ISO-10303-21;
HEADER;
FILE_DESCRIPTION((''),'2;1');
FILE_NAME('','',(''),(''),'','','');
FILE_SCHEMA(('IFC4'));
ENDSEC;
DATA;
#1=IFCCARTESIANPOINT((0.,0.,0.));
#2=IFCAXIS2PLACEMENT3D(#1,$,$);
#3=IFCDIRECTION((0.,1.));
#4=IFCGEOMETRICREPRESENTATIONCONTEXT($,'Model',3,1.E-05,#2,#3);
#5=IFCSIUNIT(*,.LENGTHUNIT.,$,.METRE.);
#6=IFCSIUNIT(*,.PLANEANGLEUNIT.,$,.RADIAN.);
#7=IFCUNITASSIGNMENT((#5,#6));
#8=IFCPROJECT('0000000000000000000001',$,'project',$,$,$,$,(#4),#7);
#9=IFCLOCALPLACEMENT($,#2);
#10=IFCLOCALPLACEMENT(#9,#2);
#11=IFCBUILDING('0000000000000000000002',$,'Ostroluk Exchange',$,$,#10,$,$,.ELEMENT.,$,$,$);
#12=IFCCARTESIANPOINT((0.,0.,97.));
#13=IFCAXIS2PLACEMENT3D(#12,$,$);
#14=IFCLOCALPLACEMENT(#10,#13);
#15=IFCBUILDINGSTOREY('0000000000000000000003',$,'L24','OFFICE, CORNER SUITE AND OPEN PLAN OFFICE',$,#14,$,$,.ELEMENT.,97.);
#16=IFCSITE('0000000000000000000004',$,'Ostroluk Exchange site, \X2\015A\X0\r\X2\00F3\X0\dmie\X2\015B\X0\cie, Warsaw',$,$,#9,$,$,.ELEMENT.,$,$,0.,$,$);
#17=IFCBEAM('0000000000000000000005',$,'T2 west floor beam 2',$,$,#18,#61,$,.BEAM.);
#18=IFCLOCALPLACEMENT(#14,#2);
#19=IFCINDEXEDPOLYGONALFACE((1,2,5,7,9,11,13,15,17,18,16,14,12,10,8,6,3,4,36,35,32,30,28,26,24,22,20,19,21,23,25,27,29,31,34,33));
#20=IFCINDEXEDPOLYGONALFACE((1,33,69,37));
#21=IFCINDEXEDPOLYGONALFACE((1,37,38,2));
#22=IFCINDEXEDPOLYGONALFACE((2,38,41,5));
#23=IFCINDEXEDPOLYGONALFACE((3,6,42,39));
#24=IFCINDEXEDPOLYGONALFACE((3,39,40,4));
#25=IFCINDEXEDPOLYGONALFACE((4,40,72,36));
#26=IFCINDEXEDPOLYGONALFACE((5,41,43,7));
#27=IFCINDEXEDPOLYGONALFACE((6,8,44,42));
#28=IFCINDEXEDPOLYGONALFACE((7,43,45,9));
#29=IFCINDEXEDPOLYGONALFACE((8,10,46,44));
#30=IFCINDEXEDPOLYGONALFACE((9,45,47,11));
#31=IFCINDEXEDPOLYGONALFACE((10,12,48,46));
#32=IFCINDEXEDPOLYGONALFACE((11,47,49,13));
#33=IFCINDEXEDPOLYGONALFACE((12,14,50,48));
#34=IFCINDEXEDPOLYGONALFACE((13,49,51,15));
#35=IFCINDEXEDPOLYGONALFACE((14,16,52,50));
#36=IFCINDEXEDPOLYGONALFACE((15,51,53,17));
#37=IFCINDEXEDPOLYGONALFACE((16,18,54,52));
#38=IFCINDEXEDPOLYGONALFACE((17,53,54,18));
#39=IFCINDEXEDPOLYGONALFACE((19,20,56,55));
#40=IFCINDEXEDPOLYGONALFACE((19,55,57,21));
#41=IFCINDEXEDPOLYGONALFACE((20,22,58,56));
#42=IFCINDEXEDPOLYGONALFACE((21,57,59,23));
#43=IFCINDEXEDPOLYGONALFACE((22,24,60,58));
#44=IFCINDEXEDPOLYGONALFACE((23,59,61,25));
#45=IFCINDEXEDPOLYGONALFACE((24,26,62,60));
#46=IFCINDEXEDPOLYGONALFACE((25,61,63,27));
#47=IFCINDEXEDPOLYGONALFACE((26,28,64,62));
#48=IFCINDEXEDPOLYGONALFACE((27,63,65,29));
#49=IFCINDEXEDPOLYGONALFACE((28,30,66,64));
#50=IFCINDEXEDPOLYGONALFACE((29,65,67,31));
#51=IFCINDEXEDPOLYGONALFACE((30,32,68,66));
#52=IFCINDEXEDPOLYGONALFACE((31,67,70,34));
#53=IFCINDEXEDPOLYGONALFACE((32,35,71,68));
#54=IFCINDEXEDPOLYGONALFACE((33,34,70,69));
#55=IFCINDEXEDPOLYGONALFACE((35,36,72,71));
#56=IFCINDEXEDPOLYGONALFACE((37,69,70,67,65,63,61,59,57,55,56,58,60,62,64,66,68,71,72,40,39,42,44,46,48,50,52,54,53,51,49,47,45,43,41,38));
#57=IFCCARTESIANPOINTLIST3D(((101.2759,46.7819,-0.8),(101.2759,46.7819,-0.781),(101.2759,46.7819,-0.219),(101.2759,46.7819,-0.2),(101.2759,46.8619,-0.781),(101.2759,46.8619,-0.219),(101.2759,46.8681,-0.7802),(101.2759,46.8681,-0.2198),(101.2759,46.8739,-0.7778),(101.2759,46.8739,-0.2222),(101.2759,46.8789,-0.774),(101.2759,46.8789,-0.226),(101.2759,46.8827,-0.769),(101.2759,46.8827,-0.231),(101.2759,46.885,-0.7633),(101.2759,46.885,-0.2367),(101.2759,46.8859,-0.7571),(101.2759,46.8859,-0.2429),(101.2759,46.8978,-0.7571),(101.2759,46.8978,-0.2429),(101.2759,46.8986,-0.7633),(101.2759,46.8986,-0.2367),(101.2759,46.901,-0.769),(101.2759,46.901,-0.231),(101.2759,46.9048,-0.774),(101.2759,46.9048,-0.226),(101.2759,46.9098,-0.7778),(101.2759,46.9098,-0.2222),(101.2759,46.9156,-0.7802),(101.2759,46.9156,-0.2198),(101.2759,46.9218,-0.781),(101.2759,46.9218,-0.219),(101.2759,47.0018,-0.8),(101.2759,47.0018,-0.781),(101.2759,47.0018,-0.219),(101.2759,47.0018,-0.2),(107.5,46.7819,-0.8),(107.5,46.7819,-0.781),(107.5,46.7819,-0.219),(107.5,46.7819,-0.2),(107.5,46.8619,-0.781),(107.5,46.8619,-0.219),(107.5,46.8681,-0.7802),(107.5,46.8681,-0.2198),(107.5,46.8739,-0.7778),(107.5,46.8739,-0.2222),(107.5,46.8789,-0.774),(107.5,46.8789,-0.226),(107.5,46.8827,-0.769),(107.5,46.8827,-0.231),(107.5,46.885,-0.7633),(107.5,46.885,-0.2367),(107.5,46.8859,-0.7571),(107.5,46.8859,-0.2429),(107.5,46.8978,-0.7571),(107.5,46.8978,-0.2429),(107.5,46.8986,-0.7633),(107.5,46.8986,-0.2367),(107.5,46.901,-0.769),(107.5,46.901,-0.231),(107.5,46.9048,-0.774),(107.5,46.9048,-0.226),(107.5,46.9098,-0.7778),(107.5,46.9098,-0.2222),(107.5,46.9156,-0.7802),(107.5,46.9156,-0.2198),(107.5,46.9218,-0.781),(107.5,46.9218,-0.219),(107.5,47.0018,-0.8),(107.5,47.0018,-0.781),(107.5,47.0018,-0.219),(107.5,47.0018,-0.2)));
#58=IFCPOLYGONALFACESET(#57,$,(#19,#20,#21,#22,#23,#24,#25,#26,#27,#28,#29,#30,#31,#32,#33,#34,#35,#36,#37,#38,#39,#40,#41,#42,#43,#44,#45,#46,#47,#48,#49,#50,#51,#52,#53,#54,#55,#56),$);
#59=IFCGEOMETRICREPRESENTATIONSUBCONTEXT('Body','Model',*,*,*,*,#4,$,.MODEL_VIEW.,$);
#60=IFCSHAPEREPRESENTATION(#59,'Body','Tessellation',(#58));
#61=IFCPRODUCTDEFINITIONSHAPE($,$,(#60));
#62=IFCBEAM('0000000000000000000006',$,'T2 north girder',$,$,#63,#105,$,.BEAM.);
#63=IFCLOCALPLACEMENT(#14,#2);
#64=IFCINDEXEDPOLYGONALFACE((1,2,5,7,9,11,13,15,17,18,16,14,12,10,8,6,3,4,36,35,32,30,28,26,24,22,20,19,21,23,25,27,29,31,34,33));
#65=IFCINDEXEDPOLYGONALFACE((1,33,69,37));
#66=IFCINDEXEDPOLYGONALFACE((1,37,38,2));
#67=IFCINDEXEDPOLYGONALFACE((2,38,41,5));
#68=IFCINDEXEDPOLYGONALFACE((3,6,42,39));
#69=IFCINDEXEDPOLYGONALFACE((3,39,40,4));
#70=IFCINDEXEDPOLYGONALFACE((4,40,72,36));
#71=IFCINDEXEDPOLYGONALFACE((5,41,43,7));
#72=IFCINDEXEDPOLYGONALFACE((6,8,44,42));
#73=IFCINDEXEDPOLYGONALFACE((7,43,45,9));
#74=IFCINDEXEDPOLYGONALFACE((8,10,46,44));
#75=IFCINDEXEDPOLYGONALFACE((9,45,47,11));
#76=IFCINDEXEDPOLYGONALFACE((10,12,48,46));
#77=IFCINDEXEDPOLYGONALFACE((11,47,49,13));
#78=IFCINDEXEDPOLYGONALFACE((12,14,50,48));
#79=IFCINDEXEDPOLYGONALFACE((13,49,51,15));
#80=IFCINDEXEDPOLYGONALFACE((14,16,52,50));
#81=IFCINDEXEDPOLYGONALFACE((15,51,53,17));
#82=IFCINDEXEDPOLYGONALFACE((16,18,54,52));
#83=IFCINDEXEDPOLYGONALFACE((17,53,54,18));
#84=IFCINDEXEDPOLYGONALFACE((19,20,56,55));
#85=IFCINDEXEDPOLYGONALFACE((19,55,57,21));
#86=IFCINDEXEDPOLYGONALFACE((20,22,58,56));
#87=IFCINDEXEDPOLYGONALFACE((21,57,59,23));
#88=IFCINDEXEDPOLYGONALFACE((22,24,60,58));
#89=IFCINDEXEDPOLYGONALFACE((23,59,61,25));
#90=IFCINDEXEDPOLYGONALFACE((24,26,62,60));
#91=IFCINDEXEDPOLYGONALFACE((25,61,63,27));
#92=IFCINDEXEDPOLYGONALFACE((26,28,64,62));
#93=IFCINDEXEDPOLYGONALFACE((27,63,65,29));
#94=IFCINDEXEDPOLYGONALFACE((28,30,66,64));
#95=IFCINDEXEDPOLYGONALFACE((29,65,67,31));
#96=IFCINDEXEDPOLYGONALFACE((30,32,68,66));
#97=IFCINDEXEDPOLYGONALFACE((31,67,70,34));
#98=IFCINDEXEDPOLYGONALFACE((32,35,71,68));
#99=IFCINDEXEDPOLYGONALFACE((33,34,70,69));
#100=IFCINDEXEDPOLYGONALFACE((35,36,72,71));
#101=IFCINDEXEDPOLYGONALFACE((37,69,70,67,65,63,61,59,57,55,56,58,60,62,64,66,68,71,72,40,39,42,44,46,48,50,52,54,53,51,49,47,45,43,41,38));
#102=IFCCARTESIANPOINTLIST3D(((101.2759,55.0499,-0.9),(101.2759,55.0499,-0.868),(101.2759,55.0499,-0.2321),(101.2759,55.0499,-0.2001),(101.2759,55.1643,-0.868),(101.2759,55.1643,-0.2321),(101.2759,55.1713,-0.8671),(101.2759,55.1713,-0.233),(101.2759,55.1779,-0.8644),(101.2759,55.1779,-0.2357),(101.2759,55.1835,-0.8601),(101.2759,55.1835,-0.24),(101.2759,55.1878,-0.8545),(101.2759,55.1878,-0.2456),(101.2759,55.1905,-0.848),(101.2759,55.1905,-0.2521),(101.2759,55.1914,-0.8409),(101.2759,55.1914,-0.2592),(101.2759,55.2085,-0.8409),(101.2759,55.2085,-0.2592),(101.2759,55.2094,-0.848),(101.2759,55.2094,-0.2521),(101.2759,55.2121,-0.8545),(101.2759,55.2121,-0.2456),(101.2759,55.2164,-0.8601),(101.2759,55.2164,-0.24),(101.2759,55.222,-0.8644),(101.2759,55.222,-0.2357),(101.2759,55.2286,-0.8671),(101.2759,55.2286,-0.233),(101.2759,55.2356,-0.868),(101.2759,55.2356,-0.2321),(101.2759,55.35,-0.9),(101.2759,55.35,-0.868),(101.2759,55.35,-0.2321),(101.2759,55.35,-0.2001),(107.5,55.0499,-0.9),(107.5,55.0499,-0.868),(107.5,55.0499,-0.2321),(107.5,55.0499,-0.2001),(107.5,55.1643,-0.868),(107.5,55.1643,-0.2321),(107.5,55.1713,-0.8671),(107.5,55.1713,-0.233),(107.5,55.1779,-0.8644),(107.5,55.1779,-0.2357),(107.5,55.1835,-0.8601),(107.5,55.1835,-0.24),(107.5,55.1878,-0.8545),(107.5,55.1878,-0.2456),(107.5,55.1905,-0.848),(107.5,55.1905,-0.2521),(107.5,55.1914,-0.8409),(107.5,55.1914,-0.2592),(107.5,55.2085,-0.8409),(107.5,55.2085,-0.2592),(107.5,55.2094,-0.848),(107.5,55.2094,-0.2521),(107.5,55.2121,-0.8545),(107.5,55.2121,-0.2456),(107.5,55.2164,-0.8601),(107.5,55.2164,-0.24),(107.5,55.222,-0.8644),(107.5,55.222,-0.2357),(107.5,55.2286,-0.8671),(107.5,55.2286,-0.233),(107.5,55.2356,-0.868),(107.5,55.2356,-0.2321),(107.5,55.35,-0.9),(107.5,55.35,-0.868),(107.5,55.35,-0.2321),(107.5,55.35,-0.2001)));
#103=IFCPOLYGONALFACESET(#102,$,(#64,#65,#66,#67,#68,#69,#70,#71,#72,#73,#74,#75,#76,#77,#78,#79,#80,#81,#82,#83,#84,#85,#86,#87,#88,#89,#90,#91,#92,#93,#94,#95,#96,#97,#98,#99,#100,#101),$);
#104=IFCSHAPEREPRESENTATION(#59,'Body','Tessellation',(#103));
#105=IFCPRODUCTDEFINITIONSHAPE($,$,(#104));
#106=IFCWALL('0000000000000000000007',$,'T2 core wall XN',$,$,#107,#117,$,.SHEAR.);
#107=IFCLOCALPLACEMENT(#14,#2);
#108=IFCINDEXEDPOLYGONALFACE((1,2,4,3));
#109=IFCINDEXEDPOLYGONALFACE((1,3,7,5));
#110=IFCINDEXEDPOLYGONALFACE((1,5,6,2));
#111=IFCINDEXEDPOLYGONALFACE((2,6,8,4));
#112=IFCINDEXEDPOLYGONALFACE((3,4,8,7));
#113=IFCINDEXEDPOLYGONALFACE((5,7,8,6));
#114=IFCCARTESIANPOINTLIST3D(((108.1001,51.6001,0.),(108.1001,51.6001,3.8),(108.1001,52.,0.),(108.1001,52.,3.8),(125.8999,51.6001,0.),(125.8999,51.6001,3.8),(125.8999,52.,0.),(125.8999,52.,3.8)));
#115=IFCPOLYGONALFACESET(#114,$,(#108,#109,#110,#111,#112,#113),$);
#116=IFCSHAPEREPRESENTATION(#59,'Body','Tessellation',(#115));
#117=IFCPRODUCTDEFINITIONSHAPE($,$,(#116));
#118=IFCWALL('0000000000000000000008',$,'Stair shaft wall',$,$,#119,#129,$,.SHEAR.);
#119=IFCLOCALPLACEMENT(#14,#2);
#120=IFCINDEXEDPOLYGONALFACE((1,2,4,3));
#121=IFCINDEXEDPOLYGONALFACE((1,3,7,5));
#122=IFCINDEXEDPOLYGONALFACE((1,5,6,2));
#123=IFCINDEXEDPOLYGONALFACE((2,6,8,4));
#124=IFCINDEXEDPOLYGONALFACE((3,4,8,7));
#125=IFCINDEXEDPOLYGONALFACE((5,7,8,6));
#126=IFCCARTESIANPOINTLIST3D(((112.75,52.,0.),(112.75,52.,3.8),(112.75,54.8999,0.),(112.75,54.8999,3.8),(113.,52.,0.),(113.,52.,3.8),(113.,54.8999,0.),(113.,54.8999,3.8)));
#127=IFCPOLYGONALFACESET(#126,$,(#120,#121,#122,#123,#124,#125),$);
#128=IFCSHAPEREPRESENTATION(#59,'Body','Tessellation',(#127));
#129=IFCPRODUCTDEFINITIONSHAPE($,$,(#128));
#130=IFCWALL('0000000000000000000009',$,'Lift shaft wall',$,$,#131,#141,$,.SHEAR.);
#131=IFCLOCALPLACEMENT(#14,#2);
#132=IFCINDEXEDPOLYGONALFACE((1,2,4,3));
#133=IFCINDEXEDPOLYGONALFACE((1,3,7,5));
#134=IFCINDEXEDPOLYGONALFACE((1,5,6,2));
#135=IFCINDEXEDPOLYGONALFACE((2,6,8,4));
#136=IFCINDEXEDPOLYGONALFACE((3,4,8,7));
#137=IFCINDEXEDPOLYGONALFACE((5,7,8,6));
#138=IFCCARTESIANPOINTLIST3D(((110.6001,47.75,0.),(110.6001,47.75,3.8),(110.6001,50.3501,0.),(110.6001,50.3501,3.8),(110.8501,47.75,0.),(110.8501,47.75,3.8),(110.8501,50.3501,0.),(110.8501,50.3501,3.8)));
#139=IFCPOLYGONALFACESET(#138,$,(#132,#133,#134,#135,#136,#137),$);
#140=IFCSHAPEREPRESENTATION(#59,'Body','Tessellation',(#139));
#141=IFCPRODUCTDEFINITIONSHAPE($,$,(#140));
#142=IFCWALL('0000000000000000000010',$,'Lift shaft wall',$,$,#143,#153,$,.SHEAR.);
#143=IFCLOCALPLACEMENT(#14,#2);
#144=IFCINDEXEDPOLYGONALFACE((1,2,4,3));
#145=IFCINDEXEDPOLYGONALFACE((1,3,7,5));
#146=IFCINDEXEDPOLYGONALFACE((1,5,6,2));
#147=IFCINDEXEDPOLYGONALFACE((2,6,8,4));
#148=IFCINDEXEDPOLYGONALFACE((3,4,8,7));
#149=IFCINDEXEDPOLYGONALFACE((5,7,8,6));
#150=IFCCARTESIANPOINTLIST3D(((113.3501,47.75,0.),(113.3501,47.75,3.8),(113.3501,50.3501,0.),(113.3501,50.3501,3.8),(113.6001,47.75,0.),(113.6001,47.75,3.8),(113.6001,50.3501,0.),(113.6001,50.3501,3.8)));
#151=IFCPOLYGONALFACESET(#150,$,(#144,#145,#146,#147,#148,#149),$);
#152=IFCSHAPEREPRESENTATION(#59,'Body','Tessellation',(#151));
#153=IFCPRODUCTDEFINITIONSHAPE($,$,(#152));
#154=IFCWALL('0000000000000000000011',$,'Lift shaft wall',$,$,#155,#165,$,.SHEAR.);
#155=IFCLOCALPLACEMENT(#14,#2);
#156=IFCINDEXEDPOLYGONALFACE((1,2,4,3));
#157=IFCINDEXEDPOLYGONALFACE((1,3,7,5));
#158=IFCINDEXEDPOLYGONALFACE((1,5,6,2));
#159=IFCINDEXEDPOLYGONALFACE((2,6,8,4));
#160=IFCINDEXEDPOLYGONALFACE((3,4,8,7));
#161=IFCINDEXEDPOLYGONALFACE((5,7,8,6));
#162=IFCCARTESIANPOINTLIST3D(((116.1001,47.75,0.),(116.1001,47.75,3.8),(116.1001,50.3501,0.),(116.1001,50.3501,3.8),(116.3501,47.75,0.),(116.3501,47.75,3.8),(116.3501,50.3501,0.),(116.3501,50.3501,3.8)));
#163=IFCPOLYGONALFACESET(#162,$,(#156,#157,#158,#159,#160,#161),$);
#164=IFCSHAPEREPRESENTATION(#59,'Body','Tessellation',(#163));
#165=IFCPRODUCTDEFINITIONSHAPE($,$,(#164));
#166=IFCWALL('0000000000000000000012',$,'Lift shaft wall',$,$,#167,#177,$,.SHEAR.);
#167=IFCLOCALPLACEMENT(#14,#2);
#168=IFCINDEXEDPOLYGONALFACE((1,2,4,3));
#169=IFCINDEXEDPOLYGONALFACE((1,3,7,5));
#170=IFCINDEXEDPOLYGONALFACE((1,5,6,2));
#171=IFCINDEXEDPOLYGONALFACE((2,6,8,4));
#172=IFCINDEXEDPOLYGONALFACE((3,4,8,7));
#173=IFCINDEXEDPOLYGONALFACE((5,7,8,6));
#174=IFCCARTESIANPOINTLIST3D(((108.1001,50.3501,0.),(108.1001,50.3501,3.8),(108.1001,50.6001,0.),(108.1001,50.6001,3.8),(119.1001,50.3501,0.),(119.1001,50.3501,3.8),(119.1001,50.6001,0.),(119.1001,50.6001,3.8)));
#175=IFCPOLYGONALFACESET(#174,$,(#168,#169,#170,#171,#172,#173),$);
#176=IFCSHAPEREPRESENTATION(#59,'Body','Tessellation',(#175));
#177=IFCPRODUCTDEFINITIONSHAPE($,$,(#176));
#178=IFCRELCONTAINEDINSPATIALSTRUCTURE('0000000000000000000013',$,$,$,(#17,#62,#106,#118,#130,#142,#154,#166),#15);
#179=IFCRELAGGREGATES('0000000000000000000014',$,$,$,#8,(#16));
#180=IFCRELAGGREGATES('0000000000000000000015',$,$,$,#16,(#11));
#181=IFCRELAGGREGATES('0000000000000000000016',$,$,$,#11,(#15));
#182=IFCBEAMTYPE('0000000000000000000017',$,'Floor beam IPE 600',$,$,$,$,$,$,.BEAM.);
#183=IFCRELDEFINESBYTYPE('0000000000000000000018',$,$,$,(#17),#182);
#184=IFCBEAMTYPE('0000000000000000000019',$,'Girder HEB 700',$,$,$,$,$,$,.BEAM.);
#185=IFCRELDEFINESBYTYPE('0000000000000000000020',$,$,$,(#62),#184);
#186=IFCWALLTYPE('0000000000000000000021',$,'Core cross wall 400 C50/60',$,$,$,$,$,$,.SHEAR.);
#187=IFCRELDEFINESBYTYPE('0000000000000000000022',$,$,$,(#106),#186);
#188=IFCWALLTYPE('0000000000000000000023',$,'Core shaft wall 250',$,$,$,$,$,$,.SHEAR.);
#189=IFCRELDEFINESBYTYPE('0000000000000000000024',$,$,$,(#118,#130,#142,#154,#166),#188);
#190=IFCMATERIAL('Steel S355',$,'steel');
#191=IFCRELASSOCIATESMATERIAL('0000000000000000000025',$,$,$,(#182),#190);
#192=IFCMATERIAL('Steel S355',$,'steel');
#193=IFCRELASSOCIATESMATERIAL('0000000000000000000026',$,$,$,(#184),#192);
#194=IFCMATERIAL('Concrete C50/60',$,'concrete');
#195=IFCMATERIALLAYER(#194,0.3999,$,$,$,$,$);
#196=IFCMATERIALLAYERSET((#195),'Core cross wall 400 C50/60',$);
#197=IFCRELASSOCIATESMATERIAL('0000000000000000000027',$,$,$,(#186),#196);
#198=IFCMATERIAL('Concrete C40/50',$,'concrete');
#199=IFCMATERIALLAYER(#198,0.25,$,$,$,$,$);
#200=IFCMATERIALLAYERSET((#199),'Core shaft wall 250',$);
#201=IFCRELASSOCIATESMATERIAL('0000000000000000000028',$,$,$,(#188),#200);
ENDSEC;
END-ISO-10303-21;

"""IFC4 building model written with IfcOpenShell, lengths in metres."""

from ifc_helpers import new_model, si_unit, direction, frame, frame_2d, origin, origin_2d, place, context, subcontext, project, spatial, rectangle, i_section, extrude, material, layer, layer_set, material_profile, profile_set, type_object, element, save


model = new_model("IFC4")

# Units and contexts
model_context = context("Model", 3, precision=1e-05, world=origin(), true_north=direction((0.0, 1.0)))
body_context = subcontext(model_context, "Body", "Model", "MODEL_VIEW")
ifc_project = project(units=[si_unit("LENGTHUNIT", "METRE"), si_unit("PLANEANGLEUNIT", "RADIAN")], contexts=[model_context])

# Site, building, storey
site_placement = place(None, origin())
site = spatial("IfcSite", under=ifc_project, at=site_placement, Name="Ostroluk Exchange site, Śródmieście, Warsaw", CompositionType="ELEMENT", RefElevation=0.0)
building_placement = place(site_placement, origin())
building = spatial("IfcBuilding", under=site, at=building_placement, Name="Ostroluk Exchange", CompositionType="ELEMENT")
storey_placement = place(building_placement, frame((0.0, 0.0, 97.0)))
storey = spatial("IfcBuildingStorey", under=building, at=storey_placement, Name="L24", Description="OFFICE, CORNER SUITE AND OPEN PLAN OFFICE", CompositionType="ELEMENT", Elevation=97.0)

# Beams
ifc_material_1 = material(Name="Steel S355", Category="steel")
ifc_material_profile_1 = material_profile(ifc_material_1, i_section(OverallWidth=0.22, OverallDepth=0.6001, WebThickness=0.012, FlangeThickness=0.019, FilletRadius=0.0239, at=origin_2d()), Name="IPE 600")
ifc_profile_set_1 = profile_set([ifc_material_profile_1], Name="Steel S355")
beam_type_1 = type_object("IfcBeamType", Name="Floor beam IPE 600", PredefinedType="BEAM", material=ifc_profile_set_1)
for number, where, z_axis, x_axis, name in (
    (1, (107.5, 46.8918, -0.5), (-1.0, 0.0, 0.0), (0.0, -1.0, 0.0), "T2 west floor beam 2"),
):
    element("IfcBeam", number, at=place(storey_placement, frame(where, z_axis=z_axis, x_axis=x_axis)), inside=storey, type_object=beam_type_1, Name=name, PredefinedType="BEAM", context=body_context, shape_type="SweptSolid", body=[
        extrude(i_section(OverallWidth=0.22, OverallDepth=0.6001, WebThickness=0.012, FlangeThickness=0.019, FilletRadius=0.0239, at=origin_2d()), origin(), (0.0, 0.0, 1.0), 6.2241),
    ])
ifc_material_2 = material(Name="Steel S355", Category="steel")
ifc_material_profile_2 = material_profile(ifc_material_2, i_section(OverallWidth=0.3, OverallDepth=0.7, WebThickness=0.0171, FlangeThickness=0.032, FilletRadius=0.0271, at=origin_2d()), Name="HEB 700")
ifc_profile_set_2 = profile_set([ifc_material_profile_2], Name="Steel S355")
beam_type_2 = type_object("IfcBeamType", Name="Girder HEB 700", PredefinedType="BEAM", material=ifc_profile_set_2)
beam_1_placement = place(storey_placement, frame((107.5, 55.2, -0.55), z_axis=(-1.0, 0.0, 0.0), x_axis=(0.0, -1.0, 0.0)))
element("IfcBeam", 2, at=beam_1_placement, inside=storey, type_object=beam_type_2, Name="T2 north girder", PredefinedType="BEAM", context=body_context, shape_type="SweptSolid", body=[
    extrude(i_section(OverallWidth=0.3, OverallDepth=0.7, WebThickness=0.0171, FlangeThickness=0.032, FilletRadius=0.0271, at=origin_2d()), origin(), (0.0, 0.0, 1.0), 6.2241),
])

# Walls
ifc_material_3 = material(Name="Concrete C50/60", Category="concrete")
ifc_layer_1 = layer(ifc_material_3, 0.3999)
ifc_layer_set_1 = layer_set([ifc_layer_1], Name="Core cross wall 400 C50/60")
wall_type_1 = type_object("IfcWallType", Name="Core cross wall 400 C50/60", PredefinedType="SHEAR", material=ifc_layer_set_1)
wall_1_placement = place(storey_placement, frame((108.1001, 51.8, 0.0), z_axis=(0.0, 0.0, 1.0), x_axis=(1.0, 0.0, 0.0)))
element("IfcWall", 3, at=wall_1_placement, inside=storey, type_object=wall_type_1, Name="T2 core wall XN", PredefinedType="SHEAR", context=body_context, shape_type="SweptSolid", body=[
    extrude(rectangle(XDim=17.7998, YDim=0.3999, at=frame_2d((8.8999, 0.0))), origin(), (0.0, 0.0, 1.0), 3.8),
])
ifc_material_4 = material(Name="Concrete C40/50", Category="concrete")
ifc_layer_2 = layer(ifc_material_4, 0.25)
ifc_layer_set_2 = layer_set([ifc_layer_2], Name="Core shaft wall 250")
wall_type_2 = type_object("IfcWallType", Name="Core shaft wall 250", PredefinedType="SHEAR", material=ifc_layer_set_2)
wall_2_placement = place(storey_placement, frame((112.875, 52.0, 0.0), z_axis=(0.0, 0.0, 1.0), x_axis=(0.0, 1.0, 0.0)))
element("IfcWall", 4, at=wall_2_placement, inside=storey, type_object=wall_type_2, Name="Stair shaft wall", PredefinedType="SHEAR", context=body_context, shape_type="SweptSolid", body=[
    extrude(rectangle(XDim=2.8999, YDim=0.25, at=frame_2d((1.45, 0.0))), origin(), (0.0, 0.0, 1.0), 3.8),
])
for number, where, z_axis, x_axis, name in (
    (5, (110.7251, 47.75, 0.0), (0.0, 0.0, 1.0), (0.0, 1.0, 0.0), "Lift shaft wall"),
    (6, (113.4751, 47.75, 0.0), (0.0, 0.0, 1.0), (0.0, 1.0, 0.0), "Lift shaft wall"),
    (7, (116.2251, 47.75, 0.0), (0.0, 0.0, 1.0), (0.0, 1.0, 0.0), "Lift shaft wall"),
):
    element("IfcWall", number, at=place(storey_placement, frame(where, z_axis=z_axis, x_axis=x_axis)), inside=storey, type_object=wall_type_2, Name=name, PredefinedType="SHEAR", context=body_context, shape_type="SweptSolid", body=[
        extrude(rectangle(XDim=2.6001, YDim=0.25, at=frame_2d((1.3, 0.0))), origin(), (0.0, 0.0, 1.0), 3.8),
    ])
wall_3_placement = place(storey_placement, frame((108.1001, 50.4751, 0.0), z_axis=(0.0, 0.0, 1.0), x_axis=(1.0, 0.0, 0.0)))
element("IfcWall", 8, at=wall_3_placement, inside=storey, type_object=wall_type_2, Name="Lift shaft wall", PredefinedType="SHEAR", context=body_context, shape_type="SweptSolid", body=[
    extrude(rectangle(XDim=11.0, YDim=0.25, at=frame_2d((5.5, 0.0))), origin(), (0.0, 0.0, 1.0), 3.8),
])

save(model, "model.ifc")
